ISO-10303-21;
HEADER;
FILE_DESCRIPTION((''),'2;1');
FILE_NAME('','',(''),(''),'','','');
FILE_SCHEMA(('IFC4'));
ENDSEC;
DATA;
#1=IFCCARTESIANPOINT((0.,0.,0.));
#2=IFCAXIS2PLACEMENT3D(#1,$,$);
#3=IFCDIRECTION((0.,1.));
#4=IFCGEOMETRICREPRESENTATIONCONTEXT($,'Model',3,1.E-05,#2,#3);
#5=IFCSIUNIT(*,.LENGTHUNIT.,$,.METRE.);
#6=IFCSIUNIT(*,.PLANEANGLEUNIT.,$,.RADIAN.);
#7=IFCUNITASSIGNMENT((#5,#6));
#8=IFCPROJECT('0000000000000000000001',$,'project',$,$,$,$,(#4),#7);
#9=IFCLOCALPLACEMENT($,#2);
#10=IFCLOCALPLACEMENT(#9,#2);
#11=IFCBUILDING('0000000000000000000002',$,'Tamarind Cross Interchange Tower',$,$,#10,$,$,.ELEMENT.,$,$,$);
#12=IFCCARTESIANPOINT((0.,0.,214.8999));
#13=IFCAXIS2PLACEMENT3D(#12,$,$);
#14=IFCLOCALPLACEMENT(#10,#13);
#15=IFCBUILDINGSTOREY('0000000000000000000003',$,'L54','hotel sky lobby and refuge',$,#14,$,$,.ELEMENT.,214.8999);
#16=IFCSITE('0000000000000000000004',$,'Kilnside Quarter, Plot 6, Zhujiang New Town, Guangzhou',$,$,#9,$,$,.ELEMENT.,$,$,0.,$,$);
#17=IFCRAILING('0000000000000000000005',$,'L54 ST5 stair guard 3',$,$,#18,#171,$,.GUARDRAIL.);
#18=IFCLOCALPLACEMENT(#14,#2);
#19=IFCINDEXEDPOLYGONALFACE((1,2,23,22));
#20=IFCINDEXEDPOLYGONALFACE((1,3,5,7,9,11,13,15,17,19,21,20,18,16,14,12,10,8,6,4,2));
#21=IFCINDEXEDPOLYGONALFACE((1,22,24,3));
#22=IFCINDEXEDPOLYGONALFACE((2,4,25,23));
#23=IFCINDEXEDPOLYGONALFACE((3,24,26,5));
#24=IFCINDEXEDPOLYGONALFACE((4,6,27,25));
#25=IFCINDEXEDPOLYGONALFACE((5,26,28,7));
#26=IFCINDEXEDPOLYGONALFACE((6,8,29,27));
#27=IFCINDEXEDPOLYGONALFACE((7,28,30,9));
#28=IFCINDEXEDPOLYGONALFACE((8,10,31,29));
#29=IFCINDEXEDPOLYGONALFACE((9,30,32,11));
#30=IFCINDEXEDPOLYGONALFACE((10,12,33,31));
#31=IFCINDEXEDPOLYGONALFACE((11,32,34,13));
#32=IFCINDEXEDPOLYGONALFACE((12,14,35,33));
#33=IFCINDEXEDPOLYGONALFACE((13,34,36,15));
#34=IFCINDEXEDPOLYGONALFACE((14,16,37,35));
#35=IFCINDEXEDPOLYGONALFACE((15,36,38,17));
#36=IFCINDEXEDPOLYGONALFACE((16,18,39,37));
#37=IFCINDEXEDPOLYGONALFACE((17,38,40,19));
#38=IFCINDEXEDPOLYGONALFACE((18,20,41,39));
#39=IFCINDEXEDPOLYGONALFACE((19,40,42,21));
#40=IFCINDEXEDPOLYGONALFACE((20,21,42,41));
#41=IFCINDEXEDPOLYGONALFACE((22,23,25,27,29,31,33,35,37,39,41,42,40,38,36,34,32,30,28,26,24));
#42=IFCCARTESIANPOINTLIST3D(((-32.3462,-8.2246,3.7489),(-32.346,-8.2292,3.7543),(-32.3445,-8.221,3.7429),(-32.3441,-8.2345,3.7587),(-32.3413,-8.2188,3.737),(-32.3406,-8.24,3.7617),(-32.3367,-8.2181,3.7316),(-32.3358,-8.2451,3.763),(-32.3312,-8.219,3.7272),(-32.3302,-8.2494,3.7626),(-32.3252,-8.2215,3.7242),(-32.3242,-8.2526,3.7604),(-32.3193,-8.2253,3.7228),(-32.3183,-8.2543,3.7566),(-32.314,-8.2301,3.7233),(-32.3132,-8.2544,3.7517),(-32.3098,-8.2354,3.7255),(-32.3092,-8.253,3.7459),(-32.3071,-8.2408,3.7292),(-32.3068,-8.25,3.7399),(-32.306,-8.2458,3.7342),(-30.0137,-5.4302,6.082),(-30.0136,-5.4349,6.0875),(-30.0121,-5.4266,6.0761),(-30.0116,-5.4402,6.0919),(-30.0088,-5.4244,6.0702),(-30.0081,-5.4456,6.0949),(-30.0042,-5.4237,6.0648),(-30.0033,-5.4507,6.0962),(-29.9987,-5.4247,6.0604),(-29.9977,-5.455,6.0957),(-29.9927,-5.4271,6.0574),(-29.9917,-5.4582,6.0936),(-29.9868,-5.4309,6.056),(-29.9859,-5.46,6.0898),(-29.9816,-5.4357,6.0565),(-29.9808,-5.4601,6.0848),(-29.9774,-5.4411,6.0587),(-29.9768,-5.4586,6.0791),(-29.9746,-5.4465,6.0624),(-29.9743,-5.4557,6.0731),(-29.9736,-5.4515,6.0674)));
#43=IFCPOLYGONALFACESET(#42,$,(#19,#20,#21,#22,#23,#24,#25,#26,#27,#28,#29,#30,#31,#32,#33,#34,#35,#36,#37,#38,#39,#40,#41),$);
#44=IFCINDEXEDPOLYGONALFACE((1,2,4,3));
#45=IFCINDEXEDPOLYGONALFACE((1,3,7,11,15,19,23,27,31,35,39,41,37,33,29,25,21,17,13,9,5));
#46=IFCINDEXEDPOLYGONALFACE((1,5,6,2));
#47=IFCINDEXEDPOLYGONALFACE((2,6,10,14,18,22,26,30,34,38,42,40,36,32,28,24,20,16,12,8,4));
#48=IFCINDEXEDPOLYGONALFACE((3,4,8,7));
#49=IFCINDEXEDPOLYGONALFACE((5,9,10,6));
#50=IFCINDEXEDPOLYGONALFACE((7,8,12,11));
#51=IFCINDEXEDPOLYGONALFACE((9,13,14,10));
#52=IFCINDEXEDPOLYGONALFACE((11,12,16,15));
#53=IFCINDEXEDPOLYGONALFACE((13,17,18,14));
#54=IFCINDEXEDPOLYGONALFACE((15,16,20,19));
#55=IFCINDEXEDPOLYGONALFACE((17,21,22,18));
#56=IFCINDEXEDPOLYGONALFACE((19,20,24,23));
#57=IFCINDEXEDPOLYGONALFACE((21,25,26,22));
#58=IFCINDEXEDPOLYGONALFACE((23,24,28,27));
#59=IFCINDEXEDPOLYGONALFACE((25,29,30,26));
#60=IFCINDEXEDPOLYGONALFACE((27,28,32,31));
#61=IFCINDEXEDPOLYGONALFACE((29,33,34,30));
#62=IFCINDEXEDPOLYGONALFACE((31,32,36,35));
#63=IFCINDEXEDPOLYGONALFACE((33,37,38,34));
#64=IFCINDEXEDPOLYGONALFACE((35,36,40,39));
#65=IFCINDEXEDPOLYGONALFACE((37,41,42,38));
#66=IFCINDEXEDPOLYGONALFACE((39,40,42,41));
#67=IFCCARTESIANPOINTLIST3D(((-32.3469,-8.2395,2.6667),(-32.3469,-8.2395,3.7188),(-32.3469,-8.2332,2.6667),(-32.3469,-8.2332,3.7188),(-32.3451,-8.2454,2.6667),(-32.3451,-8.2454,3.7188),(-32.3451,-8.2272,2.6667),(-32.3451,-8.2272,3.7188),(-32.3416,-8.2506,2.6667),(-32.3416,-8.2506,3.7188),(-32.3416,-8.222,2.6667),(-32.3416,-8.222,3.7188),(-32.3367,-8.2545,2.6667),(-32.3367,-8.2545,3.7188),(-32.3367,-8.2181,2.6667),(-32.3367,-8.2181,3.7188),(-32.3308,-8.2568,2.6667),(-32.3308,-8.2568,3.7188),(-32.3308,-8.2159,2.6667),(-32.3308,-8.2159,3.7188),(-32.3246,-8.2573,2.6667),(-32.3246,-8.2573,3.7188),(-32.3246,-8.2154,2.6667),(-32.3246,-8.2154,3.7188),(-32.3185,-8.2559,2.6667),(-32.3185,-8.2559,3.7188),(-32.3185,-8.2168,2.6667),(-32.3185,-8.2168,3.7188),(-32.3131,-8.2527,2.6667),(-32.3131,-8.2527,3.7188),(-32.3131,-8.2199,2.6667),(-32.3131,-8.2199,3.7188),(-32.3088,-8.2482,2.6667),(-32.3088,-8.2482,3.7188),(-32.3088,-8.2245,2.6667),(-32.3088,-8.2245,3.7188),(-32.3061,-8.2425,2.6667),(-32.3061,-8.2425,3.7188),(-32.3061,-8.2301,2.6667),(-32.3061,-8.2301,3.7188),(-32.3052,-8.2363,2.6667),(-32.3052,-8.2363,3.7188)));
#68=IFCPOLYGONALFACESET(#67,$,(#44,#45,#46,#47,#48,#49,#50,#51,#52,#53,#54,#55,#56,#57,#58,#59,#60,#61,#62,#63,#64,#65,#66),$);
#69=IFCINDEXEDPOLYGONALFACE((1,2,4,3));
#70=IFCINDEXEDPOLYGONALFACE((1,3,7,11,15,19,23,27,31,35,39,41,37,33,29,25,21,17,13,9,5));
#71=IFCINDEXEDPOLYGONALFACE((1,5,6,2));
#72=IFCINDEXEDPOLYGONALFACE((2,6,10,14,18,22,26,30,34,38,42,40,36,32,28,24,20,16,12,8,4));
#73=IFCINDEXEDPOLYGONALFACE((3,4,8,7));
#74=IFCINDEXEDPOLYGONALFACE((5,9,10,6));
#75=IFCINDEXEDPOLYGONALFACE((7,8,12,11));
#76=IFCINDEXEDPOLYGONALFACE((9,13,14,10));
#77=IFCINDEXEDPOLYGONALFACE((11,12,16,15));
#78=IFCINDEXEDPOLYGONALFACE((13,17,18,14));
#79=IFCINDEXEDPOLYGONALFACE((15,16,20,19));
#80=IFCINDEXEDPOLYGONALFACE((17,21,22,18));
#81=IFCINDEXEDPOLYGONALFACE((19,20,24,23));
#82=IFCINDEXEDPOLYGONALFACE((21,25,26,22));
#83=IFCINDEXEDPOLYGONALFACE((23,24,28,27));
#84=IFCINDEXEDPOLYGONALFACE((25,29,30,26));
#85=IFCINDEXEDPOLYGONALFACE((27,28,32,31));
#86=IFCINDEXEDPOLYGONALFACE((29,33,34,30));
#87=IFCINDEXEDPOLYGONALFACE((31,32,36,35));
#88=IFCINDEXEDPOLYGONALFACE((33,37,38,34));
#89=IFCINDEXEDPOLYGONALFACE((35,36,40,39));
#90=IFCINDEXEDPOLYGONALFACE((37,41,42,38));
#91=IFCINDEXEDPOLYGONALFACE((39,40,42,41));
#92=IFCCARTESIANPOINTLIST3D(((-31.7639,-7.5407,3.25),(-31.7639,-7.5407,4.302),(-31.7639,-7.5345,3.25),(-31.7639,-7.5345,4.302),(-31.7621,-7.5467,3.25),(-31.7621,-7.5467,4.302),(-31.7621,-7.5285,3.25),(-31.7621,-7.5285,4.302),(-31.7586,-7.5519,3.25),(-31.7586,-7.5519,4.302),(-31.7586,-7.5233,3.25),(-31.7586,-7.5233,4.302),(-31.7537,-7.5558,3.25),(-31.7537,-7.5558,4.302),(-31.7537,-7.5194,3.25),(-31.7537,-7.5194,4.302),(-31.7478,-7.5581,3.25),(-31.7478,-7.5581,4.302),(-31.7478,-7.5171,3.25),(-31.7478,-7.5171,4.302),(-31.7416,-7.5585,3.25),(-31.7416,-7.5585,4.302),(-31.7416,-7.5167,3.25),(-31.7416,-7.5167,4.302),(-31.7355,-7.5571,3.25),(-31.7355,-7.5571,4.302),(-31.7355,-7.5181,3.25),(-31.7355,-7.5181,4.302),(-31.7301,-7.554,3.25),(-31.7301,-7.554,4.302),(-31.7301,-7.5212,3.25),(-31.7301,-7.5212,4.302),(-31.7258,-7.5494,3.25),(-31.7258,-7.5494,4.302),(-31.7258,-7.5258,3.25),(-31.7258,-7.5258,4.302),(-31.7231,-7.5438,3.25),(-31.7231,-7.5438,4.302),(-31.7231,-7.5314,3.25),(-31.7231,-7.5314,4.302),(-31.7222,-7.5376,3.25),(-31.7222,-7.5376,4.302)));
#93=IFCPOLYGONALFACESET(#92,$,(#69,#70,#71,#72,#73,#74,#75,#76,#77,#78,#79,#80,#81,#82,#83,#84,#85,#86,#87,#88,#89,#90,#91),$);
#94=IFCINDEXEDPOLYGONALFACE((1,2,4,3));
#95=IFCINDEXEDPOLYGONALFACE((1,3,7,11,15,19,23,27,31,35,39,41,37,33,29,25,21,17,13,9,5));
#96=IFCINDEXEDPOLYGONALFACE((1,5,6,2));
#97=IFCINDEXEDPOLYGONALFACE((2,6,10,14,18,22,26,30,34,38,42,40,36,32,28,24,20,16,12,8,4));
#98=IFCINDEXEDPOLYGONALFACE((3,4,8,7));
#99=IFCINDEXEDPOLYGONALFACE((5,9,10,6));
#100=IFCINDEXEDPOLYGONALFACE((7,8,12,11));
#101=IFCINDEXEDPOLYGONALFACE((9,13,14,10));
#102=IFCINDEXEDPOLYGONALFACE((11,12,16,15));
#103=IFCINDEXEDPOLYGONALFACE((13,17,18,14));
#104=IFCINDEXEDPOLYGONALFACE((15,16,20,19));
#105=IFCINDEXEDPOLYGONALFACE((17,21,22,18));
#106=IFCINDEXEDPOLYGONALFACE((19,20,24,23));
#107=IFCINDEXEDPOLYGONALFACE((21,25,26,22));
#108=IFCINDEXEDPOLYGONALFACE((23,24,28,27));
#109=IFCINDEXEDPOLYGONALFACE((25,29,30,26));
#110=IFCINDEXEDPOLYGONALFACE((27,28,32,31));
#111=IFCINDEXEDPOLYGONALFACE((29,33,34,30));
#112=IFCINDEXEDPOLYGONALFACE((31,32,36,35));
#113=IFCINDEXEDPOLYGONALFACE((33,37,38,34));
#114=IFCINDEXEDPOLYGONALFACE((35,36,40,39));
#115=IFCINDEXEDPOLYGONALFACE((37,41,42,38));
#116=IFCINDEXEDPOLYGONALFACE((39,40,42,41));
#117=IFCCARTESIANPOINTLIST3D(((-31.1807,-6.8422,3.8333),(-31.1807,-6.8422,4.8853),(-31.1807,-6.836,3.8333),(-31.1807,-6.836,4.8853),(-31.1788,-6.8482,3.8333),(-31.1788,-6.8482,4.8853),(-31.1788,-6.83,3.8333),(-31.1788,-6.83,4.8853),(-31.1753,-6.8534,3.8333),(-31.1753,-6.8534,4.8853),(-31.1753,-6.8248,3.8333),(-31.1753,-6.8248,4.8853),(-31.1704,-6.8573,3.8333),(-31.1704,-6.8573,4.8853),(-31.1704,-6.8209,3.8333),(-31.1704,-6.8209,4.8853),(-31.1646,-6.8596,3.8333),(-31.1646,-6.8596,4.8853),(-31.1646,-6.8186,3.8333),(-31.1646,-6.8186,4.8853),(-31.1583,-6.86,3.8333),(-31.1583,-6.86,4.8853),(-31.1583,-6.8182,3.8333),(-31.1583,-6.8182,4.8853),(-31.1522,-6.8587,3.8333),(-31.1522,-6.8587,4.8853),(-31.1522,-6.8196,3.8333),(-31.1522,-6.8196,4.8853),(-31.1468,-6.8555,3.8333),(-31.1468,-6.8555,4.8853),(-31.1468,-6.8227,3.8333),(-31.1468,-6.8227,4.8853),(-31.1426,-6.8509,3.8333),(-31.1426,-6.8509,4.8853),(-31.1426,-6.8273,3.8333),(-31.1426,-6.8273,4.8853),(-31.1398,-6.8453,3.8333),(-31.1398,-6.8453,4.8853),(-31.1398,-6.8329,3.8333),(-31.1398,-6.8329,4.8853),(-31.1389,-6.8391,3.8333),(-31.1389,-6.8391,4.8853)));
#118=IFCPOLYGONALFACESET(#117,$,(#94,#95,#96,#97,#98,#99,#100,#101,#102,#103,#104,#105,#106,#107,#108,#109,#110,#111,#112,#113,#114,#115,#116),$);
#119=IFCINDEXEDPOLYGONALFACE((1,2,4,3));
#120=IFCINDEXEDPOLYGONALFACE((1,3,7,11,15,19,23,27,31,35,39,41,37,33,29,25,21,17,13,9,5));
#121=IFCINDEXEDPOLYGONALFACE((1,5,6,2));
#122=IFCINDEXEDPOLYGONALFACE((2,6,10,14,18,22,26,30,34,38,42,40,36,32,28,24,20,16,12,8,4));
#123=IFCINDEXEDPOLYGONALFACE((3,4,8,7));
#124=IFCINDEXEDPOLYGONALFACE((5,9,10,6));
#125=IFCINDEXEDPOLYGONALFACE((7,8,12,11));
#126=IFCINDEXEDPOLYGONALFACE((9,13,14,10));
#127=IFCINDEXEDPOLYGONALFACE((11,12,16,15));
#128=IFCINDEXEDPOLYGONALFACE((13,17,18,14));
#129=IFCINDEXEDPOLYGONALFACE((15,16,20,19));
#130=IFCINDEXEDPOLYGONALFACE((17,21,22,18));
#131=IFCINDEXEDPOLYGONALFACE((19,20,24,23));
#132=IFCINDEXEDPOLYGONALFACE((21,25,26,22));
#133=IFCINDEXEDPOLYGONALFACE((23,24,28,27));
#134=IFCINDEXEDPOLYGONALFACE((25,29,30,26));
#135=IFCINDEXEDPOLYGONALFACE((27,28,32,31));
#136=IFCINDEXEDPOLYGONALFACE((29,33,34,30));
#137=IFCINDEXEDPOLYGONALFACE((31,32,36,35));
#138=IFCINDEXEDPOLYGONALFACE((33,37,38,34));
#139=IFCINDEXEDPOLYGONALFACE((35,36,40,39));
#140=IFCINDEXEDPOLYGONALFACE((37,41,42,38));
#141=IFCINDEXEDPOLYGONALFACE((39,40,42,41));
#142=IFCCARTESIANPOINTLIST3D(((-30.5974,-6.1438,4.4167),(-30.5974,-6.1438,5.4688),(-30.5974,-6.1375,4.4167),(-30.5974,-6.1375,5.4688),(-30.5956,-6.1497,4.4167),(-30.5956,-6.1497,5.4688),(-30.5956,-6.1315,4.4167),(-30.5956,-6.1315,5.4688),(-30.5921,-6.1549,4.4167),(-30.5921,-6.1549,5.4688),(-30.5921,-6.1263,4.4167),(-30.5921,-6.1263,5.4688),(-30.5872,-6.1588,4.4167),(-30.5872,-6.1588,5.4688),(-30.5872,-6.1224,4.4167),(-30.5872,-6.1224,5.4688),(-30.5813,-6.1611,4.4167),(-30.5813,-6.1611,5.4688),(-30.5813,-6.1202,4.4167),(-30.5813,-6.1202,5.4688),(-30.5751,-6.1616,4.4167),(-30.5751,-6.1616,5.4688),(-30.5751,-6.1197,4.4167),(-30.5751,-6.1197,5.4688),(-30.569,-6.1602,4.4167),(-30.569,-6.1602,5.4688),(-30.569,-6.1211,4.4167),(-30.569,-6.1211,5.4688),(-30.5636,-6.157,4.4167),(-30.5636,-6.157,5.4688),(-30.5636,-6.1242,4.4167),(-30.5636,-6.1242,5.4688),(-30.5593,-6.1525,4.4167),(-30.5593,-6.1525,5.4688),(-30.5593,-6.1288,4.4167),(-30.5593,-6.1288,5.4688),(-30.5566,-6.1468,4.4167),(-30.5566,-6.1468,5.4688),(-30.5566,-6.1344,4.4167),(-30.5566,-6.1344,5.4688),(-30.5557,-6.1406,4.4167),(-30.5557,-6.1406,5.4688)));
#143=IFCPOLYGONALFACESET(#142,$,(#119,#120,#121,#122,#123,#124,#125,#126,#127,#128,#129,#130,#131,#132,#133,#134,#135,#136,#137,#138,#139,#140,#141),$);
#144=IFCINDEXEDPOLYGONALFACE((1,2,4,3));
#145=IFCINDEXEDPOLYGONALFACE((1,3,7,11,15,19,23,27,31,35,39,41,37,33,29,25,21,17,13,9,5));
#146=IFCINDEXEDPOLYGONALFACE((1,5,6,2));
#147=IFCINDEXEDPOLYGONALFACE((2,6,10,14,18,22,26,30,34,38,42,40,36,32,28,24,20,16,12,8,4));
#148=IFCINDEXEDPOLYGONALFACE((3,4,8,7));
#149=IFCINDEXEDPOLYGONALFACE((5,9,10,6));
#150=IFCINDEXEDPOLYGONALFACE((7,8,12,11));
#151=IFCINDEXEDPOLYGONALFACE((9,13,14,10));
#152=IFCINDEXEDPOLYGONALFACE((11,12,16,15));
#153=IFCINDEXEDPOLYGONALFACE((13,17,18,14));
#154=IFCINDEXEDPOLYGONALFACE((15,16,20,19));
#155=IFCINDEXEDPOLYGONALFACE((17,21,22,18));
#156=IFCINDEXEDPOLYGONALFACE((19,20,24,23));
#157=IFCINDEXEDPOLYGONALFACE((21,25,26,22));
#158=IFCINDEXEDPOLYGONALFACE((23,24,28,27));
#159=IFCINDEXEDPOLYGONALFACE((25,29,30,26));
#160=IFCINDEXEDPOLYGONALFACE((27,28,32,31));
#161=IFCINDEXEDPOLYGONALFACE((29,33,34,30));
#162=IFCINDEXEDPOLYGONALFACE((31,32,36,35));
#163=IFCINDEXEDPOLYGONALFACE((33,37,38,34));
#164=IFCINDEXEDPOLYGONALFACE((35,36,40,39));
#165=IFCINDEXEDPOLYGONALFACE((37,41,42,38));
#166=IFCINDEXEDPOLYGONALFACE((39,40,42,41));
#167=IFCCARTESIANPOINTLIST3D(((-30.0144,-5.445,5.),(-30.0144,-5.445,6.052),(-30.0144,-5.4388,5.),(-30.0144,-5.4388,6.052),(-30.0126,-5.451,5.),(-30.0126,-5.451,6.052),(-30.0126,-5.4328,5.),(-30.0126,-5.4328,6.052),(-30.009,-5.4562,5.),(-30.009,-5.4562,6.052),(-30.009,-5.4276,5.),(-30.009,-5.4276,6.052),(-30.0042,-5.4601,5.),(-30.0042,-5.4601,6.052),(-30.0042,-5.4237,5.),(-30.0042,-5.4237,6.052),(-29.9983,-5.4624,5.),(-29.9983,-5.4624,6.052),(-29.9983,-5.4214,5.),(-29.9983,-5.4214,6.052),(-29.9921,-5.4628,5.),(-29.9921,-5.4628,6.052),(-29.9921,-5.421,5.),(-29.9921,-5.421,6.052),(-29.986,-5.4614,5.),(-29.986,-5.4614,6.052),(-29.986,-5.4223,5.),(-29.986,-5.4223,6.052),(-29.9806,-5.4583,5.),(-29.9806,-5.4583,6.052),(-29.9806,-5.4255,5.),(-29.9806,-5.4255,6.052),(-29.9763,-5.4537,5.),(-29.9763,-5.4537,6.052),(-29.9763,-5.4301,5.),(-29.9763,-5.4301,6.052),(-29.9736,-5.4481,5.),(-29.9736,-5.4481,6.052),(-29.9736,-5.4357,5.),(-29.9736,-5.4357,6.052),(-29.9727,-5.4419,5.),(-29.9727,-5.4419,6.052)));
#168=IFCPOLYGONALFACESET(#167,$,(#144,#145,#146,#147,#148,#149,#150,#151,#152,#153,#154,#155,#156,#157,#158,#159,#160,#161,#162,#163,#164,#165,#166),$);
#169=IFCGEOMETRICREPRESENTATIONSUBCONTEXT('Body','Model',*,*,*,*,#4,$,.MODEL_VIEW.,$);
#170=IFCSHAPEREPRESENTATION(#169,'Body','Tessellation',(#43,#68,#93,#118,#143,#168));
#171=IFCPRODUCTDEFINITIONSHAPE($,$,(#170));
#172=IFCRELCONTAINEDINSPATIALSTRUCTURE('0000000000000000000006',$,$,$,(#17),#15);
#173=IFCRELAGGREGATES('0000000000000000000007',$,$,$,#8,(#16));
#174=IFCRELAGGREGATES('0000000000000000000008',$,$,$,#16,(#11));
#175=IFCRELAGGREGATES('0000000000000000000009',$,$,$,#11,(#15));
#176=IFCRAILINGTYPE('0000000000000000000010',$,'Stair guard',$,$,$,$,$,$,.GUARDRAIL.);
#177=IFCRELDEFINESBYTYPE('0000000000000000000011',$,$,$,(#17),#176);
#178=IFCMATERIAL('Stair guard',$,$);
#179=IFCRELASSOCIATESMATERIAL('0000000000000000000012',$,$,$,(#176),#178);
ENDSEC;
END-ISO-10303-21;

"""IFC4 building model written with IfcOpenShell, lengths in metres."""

from ifc_helpers import new_model, si_unit, direction, frame, origin, origin_2d, place, context, subcontext, project, spatial, circle, extrude, material, type_object, element, save


model = new_model("IFC4")

# Units and contexts
model_context = context("Model", 3, precision=1e-05, world=origin(), true_north=direction((0.0, 1.0)))
body_context = subcontext(model_context, "Body", "Model", "MODEL_VIEW")
ifc_project = project(units=[si_unit("LENGTHUNIT", "METRE"), si_unit("PLANEANGLEUNIT", "RADIAN")], contexts=[model_context])

# Site, building, storey
site_placement = place(None, origin())
site = spatial("IfcSite", under=ifc_project, at=site_placement, Name="Kilnside Quarter, Plot 6, Zhujiang New Town, Guangzhou", CompositionType="ELEMENT", RefElevation=0.0)
building_placement = place(site_placement, origin())
building = spatial("IfcBuilding", under=site, at=building_placement, Name="Tamarind Cross Interchange Tower", CompositionType="ELEMENT")
storey_placement = place(building_placement, frame((0.0, 0.0, 214.8999)))
storey = spatial("IfcBuildingStorey", under=building, at=storey_placement, Name="L54", Description="hotel sky lobby and refuge", CompositionType="ELEMENT", Elevation=214.8999)

# Railing
ifc_material_1 = material(Name="Stair guard")
railing_type_1 = type_object("IfcRailingType", Name="Stair guard", PredefinedType="GUARDRAIL", material=ifc_material_1)
railing_1_placement = place(storey_placement, frame((-32.3262, -8.2363, 2.6667)))
element("IfcRailing", 1, at=railing_1_placement, inside=storey, type_object=railing_type_1, Name="L54 ST5 stair guard 3", PredefinedType="GUARDRAIL", context=body_context, shape_type="SweptSolid", body=[
    extrude(circle(Radius=0.0239, at=origin_2d()), frame((0.0, 0.0, 1.0762), z_axis=(0.539485, 0.64632, 0.539654), x_axis=(-0.767704, 0.640804, 0.0)), (0.0, 0.0, 1.0), 4.3235),
    extrude(circle(Radius=0.021, at=origin_2d()), origin(), (0.0, 0.0, 1.0), 1.052),
    extrude(circle(Radius=0.021, at=origin_2d()), frame((0.583, 0.6987, 0.5833)), (0.0, 0.0, 1.0), 1.052),
    extrude(circle(Radius=0.021, at=origin_2d()), frame((1.1663, 1.3972, 1.1665)), (0.0, 0.0, 1.0), 1.052),
    extrude(circle(Radius=0.021, at=origin_2d()), frame((1.7495, 2.0957, 1.75)), (0.0, 0.0, 1.0), 1.052),
    extrude(circle(Radius=0.021, at=origin_2d()), frame((2.3325, 2.7944, 2.3333)), (0.0, 0.0, 1.0), 1.052),
])

save(model, "model.ifc")
